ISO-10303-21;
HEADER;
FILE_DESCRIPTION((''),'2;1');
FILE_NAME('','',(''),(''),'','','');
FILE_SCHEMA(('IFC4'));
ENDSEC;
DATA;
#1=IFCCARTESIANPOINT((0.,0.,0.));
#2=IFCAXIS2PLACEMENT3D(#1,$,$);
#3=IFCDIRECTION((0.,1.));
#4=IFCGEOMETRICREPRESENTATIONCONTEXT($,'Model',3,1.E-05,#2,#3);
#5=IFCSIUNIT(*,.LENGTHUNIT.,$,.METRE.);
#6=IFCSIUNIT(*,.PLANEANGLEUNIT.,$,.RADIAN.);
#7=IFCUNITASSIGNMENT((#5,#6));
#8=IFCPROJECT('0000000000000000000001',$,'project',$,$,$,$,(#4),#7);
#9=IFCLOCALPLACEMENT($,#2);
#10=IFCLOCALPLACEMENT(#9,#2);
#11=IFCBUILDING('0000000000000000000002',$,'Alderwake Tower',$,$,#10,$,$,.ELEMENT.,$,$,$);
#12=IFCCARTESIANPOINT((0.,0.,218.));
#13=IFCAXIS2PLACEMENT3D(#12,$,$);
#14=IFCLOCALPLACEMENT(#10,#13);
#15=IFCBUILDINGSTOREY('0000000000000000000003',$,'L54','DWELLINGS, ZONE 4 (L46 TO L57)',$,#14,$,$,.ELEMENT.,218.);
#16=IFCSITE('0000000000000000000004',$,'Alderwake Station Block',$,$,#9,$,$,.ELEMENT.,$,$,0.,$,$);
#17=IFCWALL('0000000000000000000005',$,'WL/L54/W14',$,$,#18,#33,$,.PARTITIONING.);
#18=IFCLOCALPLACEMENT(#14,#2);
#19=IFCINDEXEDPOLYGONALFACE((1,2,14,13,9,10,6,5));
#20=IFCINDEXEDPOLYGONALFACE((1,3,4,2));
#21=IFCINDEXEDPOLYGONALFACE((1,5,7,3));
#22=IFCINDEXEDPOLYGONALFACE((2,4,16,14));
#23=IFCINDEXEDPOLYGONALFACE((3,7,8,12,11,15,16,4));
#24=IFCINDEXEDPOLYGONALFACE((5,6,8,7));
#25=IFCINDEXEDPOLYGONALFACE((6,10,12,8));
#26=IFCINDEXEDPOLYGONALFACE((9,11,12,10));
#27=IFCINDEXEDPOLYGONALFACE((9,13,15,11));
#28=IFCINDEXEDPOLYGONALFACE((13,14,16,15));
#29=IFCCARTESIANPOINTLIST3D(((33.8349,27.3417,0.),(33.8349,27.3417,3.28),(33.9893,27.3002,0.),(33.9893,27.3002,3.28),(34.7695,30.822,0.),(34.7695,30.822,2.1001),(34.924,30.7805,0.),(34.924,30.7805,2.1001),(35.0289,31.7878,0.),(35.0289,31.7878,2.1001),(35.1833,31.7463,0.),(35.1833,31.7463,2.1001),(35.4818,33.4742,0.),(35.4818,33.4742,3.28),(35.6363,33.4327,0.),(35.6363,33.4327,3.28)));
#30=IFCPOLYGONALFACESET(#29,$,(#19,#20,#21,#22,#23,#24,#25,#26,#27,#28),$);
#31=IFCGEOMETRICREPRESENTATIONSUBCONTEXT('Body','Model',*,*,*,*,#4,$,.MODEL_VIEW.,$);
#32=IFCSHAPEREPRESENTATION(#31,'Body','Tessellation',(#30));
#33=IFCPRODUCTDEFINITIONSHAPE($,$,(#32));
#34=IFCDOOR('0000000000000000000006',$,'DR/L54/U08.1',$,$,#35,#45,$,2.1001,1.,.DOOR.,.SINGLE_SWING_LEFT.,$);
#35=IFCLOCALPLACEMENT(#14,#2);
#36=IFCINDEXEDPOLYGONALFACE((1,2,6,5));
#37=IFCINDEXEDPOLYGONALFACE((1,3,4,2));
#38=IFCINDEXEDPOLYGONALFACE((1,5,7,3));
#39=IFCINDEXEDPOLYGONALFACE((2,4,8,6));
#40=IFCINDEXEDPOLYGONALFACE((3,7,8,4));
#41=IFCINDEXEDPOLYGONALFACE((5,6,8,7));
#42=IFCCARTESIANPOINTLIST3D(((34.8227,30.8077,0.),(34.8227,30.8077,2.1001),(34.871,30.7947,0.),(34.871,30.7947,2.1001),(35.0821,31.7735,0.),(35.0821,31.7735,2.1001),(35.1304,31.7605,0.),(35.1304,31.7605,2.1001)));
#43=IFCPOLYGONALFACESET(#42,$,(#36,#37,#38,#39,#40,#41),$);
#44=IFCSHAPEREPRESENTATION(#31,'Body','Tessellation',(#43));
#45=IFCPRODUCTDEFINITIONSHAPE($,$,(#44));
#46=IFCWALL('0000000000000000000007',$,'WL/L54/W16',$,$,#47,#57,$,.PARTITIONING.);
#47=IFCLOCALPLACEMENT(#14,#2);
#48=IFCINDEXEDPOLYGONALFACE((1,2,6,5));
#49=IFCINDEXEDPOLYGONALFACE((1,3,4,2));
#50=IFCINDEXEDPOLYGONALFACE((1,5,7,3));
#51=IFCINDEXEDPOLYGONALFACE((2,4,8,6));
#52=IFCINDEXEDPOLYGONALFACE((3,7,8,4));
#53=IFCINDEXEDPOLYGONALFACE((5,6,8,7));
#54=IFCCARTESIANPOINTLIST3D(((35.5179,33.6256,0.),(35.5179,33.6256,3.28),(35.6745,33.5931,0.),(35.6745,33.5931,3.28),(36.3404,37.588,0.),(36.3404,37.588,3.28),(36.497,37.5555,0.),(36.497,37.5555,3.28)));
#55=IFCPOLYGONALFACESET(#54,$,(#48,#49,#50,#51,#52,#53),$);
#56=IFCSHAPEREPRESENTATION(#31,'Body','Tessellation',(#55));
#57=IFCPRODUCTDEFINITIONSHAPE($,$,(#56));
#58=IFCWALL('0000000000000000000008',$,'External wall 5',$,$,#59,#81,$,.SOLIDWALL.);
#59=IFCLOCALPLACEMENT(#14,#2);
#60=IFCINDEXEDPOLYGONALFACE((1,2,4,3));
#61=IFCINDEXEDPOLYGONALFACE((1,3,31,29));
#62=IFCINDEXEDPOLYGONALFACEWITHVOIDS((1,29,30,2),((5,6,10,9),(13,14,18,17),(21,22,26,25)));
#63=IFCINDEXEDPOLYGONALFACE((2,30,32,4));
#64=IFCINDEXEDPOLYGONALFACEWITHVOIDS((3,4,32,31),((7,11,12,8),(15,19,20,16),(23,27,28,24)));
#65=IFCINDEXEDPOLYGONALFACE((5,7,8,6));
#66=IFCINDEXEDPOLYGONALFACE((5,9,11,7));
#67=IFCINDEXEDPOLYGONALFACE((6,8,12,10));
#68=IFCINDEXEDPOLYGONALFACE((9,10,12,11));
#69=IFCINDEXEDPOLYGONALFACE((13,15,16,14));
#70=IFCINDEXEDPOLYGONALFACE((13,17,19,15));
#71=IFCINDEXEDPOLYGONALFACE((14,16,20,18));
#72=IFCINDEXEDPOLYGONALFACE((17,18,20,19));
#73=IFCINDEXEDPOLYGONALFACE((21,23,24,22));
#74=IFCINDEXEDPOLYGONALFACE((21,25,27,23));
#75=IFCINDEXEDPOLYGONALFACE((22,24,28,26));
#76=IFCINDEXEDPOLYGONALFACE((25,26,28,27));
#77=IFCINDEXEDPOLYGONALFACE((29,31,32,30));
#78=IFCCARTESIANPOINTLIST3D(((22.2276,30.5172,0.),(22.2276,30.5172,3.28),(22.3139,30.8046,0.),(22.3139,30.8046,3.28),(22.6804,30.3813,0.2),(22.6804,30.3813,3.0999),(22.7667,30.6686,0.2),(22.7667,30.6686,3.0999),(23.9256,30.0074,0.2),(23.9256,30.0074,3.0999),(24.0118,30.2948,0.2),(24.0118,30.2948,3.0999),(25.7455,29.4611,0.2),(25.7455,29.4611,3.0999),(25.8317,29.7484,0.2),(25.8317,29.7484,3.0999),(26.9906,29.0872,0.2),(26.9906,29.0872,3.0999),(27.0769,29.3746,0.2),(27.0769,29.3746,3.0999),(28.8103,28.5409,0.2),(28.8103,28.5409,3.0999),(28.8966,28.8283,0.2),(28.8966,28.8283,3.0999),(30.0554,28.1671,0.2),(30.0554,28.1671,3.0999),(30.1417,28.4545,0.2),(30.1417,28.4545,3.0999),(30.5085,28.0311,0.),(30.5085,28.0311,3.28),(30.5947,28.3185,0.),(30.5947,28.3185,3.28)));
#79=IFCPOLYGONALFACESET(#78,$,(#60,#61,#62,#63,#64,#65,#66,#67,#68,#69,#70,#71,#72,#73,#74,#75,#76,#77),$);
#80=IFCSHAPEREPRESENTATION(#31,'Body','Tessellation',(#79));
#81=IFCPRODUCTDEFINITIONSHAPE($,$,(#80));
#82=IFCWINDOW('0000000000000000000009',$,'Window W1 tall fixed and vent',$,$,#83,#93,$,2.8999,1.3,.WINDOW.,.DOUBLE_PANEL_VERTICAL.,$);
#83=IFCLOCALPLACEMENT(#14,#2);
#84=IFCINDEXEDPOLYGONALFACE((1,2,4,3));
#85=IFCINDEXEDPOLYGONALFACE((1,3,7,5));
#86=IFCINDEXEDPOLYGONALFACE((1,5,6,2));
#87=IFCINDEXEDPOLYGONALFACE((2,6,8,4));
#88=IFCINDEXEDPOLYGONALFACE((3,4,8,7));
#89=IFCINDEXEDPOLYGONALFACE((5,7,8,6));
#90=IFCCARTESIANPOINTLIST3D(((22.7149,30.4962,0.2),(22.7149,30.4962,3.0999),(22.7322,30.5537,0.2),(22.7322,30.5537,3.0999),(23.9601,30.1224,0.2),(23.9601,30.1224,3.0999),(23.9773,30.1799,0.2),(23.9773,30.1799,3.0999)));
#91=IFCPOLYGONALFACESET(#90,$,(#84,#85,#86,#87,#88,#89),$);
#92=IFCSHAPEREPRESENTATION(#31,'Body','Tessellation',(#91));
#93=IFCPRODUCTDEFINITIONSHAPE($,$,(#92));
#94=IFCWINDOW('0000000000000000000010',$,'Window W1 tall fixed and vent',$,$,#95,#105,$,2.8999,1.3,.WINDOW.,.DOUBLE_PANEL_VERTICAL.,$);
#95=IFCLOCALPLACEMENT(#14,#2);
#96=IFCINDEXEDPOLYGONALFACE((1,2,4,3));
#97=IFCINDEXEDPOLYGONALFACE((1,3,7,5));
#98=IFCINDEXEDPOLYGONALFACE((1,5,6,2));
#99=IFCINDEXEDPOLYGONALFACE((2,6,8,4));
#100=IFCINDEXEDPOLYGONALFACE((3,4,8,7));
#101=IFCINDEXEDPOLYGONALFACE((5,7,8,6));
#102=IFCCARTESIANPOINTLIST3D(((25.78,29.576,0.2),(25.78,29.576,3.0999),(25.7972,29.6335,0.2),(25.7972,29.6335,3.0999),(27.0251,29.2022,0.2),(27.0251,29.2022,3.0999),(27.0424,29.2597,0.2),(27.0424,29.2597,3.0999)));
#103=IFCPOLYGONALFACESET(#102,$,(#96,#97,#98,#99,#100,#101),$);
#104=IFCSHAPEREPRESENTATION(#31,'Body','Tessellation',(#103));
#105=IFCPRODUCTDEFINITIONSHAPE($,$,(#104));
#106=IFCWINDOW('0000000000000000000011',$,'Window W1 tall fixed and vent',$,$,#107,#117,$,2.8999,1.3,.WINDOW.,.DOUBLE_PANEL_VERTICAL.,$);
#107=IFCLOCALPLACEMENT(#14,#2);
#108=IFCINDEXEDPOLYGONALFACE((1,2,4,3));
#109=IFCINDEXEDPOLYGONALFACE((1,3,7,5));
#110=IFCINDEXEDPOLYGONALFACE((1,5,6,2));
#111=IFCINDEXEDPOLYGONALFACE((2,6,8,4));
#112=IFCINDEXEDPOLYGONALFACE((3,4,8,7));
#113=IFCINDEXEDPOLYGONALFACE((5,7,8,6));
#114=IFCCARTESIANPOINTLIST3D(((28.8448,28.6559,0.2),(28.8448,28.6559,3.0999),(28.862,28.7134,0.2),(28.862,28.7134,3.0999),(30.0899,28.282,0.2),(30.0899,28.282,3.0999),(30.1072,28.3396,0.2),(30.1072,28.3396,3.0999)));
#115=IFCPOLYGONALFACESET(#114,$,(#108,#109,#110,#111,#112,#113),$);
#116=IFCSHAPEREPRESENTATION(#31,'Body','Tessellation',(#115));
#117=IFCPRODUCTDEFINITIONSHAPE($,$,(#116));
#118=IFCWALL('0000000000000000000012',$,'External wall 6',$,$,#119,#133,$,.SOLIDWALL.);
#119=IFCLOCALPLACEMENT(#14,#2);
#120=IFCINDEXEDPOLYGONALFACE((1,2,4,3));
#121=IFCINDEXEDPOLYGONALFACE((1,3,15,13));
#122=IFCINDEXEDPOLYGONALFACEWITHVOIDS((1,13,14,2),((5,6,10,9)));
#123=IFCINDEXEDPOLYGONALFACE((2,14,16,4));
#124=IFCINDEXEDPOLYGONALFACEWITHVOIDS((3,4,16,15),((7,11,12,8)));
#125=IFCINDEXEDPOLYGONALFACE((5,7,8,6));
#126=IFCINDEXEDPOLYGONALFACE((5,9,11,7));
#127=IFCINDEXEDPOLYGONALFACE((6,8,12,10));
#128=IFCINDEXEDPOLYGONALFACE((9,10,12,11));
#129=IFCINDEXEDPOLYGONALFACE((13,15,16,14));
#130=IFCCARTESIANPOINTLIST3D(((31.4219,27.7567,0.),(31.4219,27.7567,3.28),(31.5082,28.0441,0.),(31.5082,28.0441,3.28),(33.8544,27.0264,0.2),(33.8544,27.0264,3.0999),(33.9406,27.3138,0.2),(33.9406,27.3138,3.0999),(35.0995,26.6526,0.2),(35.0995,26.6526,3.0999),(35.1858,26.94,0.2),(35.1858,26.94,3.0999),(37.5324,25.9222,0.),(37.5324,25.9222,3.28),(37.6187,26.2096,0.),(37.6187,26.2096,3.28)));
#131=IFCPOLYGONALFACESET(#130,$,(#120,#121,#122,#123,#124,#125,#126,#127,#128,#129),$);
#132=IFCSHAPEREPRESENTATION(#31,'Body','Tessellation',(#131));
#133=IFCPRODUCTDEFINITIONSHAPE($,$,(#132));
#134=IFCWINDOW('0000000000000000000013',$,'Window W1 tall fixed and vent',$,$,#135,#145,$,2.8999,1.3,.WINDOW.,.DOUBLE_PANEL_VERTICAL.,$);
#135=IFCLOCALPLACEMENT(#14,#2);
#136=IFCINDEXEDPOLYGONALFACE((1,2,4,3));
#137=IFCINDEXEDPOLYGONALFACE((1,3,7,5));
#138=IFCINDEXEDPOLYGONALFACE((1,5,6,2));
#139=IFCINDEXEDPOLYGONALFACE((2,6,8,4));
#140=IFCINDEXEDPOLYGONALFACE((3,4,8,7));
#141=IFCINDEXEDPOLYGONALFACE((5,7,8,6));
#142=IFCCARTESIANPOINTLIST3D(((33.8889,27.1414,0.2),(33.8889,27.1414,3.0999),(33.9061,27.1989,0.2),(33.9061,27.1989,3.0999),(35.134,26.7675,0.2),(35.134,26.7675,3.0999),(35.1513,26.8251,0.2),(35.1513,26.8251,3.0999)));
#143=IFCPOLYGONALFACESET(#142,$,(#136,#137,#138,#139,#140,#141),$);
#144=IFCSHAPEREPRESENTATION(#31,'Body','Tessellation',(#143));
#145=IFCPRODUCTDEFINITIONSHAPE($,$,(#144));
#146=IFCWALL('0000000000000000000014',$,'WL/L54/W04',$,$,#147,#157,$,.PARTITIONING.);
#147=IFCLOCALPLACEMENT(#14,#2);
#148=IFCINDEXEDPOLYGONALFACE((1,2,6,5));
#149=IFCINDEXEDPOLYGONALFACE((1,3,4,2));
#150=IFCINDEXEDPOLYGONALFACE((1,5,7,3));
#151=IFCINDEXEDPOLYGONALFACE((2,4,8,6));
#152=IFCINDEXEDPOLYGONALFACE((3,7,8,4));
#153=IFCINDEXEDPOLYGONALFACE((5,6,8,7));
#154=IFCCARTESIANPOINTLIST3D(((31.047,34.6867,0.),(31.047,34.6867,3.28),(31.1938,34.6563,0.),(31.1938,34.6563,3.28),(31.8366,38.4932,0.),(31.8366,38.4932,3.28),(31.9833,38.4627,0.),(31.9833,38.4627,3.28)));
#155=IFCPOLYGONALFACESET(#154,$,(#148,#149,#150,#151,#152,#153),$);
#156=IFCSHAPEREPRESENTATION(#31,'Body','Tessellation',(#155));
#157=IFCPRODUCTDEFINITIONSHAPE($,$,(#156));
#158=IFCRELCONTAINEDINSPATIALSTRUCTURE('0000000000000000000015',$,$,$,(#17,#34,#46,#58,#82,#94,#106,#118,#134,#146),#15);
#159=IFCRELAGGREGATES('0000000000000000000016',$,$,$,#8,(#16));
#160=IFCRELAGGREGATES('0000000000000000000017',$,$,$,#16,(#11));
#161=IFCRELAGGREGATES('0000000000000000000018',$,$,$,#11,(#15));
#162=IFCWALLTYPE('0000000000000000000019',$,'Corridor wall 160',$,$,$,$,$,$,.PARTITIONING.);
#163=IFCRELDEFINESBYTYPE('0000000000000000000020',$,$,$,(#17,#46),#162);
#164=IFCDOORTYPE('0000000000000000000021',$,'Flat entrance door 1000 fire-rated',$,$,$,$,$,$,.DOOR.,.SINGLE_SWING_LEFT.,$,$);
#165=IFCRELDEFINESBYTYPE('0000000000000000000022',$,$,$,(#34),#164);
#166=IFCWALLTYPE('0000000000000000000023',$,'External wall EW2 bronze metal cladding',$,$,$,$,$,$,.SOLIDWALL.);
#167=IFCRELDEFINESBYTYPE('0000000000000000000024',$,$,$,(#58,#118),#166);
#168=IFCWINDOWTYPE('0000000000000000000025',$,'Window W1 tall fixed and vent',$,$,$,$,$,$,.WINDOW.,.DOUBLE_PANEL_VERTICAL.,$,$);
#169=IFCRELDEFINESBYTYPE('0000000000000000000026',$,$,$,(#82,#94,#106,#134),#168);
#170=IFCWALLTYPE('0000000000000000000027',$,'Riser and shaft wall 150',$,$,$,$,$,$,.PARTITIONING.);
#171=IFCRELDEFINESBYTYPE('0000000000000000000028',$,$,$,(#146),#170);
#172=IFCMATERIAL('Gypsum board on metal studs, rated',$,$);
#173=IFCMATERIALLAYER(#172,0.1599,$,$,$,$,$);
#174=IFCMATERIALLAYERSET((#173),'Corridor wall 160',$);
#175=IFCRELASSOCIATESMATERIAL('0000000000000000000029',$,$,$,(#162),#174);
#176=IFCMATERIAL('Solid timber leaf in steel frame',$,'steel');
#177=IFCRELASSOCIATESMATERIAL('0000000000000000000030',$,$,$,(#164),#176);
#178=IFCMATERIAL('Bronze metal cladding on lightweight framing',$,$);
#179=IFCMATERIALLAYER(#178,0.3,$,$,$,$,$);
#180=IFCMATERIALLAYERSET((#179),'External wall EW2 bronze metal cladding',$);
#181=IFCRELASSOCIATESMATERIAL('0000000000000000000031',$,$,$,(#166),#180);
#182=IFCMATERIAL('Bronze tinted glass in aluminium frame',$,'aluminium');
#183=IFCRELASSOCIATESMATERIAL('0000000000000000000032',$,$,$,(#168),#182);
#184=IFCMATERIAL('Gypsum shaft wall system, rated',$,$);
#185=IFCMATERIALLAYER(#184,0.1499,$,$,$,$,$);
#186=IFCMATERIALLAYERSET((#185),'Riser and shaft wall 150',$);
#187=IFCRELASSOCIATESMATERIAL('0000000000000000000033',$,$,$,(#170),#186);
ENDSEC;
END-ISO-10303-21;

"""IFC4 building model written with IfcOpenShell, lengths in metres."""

from ifc_helpers import new_model, si_unit, direction, frame, frame_2d, origin, place, context, subcontext, project, spatial, rectangle, extrude, material, layer, layer_set, type_object, element, fill, save


model = new_model("IFC4")

# Units and contexts
model_context = context("Model", 3, precision=1e-05, world=origin(), true_north=direction((0.0, 1.0)))
body_context = subcontext(model_context, "Body", "Model", "MODEL_VIEW")
ifc_project = project(units=[si_unit("LENGTHUNIT", "METRE"), si_unit("PLANEANGLEUNIT", "RADIAN")], contexts=[model_context])

# Site, building, storey
site_placement = place(None, origin())
site = spatial("IfcSite", under=ifc_project, at=site_placement, Name="Alderwake Station Block", CompositionType="ELEMENT", RefElevation=0.0)
building_placement = place(site_placement, origin())
building = spatial("IfcBuilding", under=site, at=building_placement, Name="Alderwake Tower", CompositionType="ELEMENT")
storey_placement = place(building_placement, frame((0.0, 0.0, 218.0)))
storey = spatial("IfcBuildingStorey", under=building, at=storey_placement, Name="L54", Description="DWELLINGS, ZONE 4 (L46 TO L57)", CompositionType="ELEMENT", Elevation=218.0)

# Shared definitions
ifc_material_1 = material(Name="Gypsum board on metal studs, rated")
ifc_layer_1 = layer(ifc_material_1, 0.1599)
ifc_layer_set_1 = layer_set([ifc_layer_1], Name="Corridor wall 160")
wall_type_1 = type_object("IfcWallType", Name="Corridor wall 160", PredefinedType="PARTITIONING", material=ifc_layer_set_1)

# Wall, opening, door
wall_1_placement = place(storey_placement, frame((33.9121, 27.321, 0.0), z_axis=(0.0, 0.0, 1.0), x_axis=(0.259371, 0.965778, 0.0)))
wall_1 = element("IfcWall", 1, at=wall_1_placement, inside=storey, type_object=wall_type_1, Name="WL/L54/W14", PredefinedType="PARTITIONING", context=body_context, shape_type="SweptSolid", body=[
    extrude(rectangle(XDim=6.3499, YDim=0.1599, at=frame_2d((3.1748, 0.0))), origin(), (0.0, 0.0, 1.0), 3.28),
])
opening_1_placement = place(wall_1_placement, frame((3.6035, 0.0, 0.0)))
opening_1 = element("IfcOpeningElement", 2, at=opening_1_placement, cuts=wall_1, PredefinedType="OPENING", context=body_context, shape_type="SweptSolid", body=[
    extrude(rectangle(XDim=1.0, YDim=2.1001, at=frame_2d((0.5, 1.05))), frame((0.0, 0.0898, 0.0), z_axis=(0.0, -1.0, 0.0), x_axis=(1.0, 0.0, 0.0)), (0.0, 0.0, 1.0), 0.1799),
])
ifc_material_2 = material(Name="Solid timber leaf in steel frame", Category="steel")
door_type_1 = type_object("IfcDoorType", Name="Flat entrance door 1000 fire-rated", OperationType="SINGLE_SWING_LEFT", PredefinedType="DOOR", material=ifc_material_2)
door_1_placement = place(opening_1_placement, origin())
door_1 = element("IfcDoor", 3, at=door_1_placement, inside=storey, type_object=door_type_1, Name="DR/L54/U08.1", OperationType="SINGLE_SWING_LEFT", OverallHeight=2.1001, OverallWidth=1.0, PredefinedType="DOOR", context=body_context, shape_type="SweptSolid", body=[
    extrude(rectangle(XDim=1.0, YDim=2.1001, at=frame_2d((0.5, 1.05))), frame((0.0, 0.0249, 0.0), z_axis=(0.0, -1.0, 0.0), x_axis=(1.0, 0.0, 0.0)), (0.0, 0.0, 1.0), 0.05),
])
fill(opening_1, door_1)

# Wall
wall_2_placement = place(storey_placement, frame((36.4187, 37.5718, 0.0), z_axis=(0.0, 0.0, 1.0), x_axis=(-0.203246, -0.979128, 0.0)))
element("IfcWall", 4, at=wall_2_placement, inside=storey, type_object=wall_type_1, Name="WL/L54/W16", PredefinedType="PARTITIONING", context=body_context, shape_type="SweptSolid", body=[
    extrude(rectangle(XDim=4.0469, YDim=0.1599, at=frame_2d((2.0234, 0.0))), origin(), (0.0, 0.0, 1.0), 3.28),
])

# Wall, openings, windows
ifc_material_3 = material(Name="Bronze metal cladding on lightweight framing")
ifc_layer_2 = layer(ifc_material_3, 0.3)
ifc_layer_set_2 = layer_set([ifc_layer_2], Name="External wall EW2 bronze metal cladding")
wall_type_2 = type_object("IfcWallType", Name="External wall EW2 bronze metal cladding", PredefinedType="SOLIDWALL", material=ifc_layer_set_2)
wall_3_placement = place(storey_placement, frame((22.2708, 30.6609, 0.0), z_axis=(0.0, 0.0, 1.0), x_axis=(0.957767, -0.287545, 0.0)))
wall_3 = element("IfcWall", 5, at=wall_3_placement, inside=storey, type_object=wall_type_2, Name="External wall 5", PredefinedType="SOLIDWALL", context=body_context, shape_type="SweptSolid", body=[
    extrude(rectangle(XDim=8.646, YDim=0.3, at=frame_2d((4.323, 0.0))), origin(), (0.0, 0.0, 1.0), 3.28),
])
opening_2_placement = place(wall_3_placement, frame((0.4729, 0.0, 0.2)))
opening_2 = element("IfcOpeningElement", 6, at=opening_2_placement, cuts=wall_3, PredefinedType="OPENING", context=body_context, shape_type="SweptSolid", body=[
    extrude(rectangle(XDim=1.3, YDim=2.8999, at=frame_2d((0.6499, 1.45))), frame((0.0, 0.1599, 0.0), z_axis=(0.0, -1.0, 0.0), x_axis=(1.0, 0.0, 0.0)), (0.0, 0.0, 1.0), 0.3201),
])
opening_3_placement = place(wall_3_placement, frame((3.6731, 0.0, 0.2)))
opening_3 = element("IfcOpeningElement", 7, at=opening_3_placement, cuts=wall_3, PredefinedType="OPENING", context=body_context, shape_type="SweptSolid", body=[
    extrude(rectangle(XDim=1.3, YDim=2.8999, at=frame_2d((0.6499, 1.45))), frame((0.0, 0.1599, 0.0), z_axis=(0.0, -1.0, 0.0), x_axis=(1.0, 0.0, 0.0)), (0.0, 0.0, 1.0), 0.3201),
])
opening_4_placement = place(wall_3_placement, frame((6.873, 0.0, 0.2)))
opening_4 = element("IfcOpeningElement", 8, at=opening_4_placement, cuts=wall_3, PredefinedType="OPENING", context=body_context, shape_type="SweptSolid", body=[
    extrude(rectangle(XDim=1.3, YDim=2.8999, at=frame_2d((0.6499, 1.45))), frame((0.0, 0.1599, 0.0), z_axis=(0.0, -1.0, 0.0), x_axis=(1.0, 0.0, 0.0)), (0.0, 0.0, 1.0), 0.3201),
])
ifc_material_4 = material(Name="Bronze tinted glass in aluminium frame", Category="aluminium")
window_type = type_object("IfcWindowType", Name="Window W1 tall fixed and vent", PartitioningType="DOUBLE_PANEL_VERTICAL", PredefinedType="WINDOW", material=ifc_material_4)
window_1_placement = place(opening_2_placement, origin())
window_1 = element("IfcWindow", 9, at=window_1_placement, inside=storey, type_object=window_type, Name="Window W1 tall fixed and vent", OverallHeight=2.8999, OverallWidth=1.3, PartitioningType="DOUBLE_PANEL_VERTICAL", PredefinedType="WINDOW", context=body_context, shape_type="SweptSolid", body=[
    extrude(rectangle(XDim=1.3, YDim=2.8999, at=frame_2d((0.6499, 1.45))), frame((0.0, 0.03, 0.0), z_axis=(0.0, -1.0, 0.0), x_axis=(1.0, 0.0, 0.0)), (0.0, 0.0, 1.0), 0.0601),
])
fill(opening_2, window_1)
window_2_placement = place(opening_3_placement, origin())
window_2 = element("IfcWindow", 10, at=window_2_placement, inside=storey, type_object=window_type, Name="Window W1 tall fixed and vent", OverallHeight=2.8999, OverallWidth=1.3, PartitioningType="DOUBLE_PANEL_VERTICAL", PredefinedType="WINDOW", context=body_context, shape_type="SweptSolid", body=[
    extrude(rectangle(XDim=1.3, YDim=2.8999, at=frame_2d((0.6499, 1.45))), frame((0.0, 0.03, 0.0), z_axis=(0.0, -1.0, 0.0), x_axis=(1.0, 0.0, 0.0)), (0.0, 0.0, 1.0), 0.0601),
])
fill(opening_3, window_2)
window_3_placement = place(opening_4_placement, origin())
window_3 = element("IfcWindow", 11, at=window_3_placement, inside=storey, type_object=window_type, Name="Window W1 tall fixed and vent", OverallHeight=2.8999, OverallWidth=1.3, PartitioningType="DOUBLE_PANEL_VERTICAL", PredefinedType="WINDOW", context=body_context, shape_type="SweptSolid", body=[
    extrude(rectangle(XDim=1.3, YDim=2.8999, at=frame_2d((0.6499, 1.45))), frame((0.0, 0.03, 0.0), z_axis=(0.0, -1.0, 0.0), x_axis=(1.0, 0.0, 0.0)), (0.0, 0.0, 1.0), 0.0601),
])
fill(opening_4, window_3)

# Wall, opening, window
wall_4_placement = place(storey_placement, frame((31.4651, 27.9004, 0.0), z_axis=(0.0, 0.0, 1.0), x_axis=(0.957767, -0.287544, 0.0)))
wall_4 = element("IfcWall", 12, at=wall_4_placement, inside=storey, type_object=wall_type_2, Name="External wall 6", PredefinedType="SOLIDWALL", context=body_context, shape_type="SweptSolid", body=[
    extrude(rectangle(XDim=6.3799, YDim=0.3, at=frame_2d((3.1899, 0.0))), origin(), (0.0, 0.0, 1.0), 3.28),
])
opening_5_placement = place(wall_4_placement, frame((2.5398, 0.0, 0.2)))
opening_5 = element("IfcOpeningElement", 13, at=opening_5_placement, cuts=wall_4, PredefinedType="OPENING", context=body_context, shape_type="SweptSolid", body=[
    extrude(rectangle(XDim=1.3, YDim=2.8999, at=frame_2d((0.6499, 1.45))), frame((0.0, 0.1599, 0.0), z_axis=(0.0, -1.0, 0.0), x_axis=(1.0, 0.0, 0.0)), (0.0, 0.0, 1.0), 0.3201),
])
window_4_placement = place(opening_5_placement, origin())
window_4 = element("IfcWindow", 14, at=window_4_placement, inside=storey, type_object=window_type, Name="Window W1 tall fixed and vent", OverallHeight=2.8999, OverallWidth=1.3, PartitioningType="DOUBLE_PANEL_VERTICAL", PredefinedType="WINDOW", context=body_context, shape_type="SweptSolid", body=[
    extrude(rectangle(XDim=1.3, YDim=2.8999, at=frame_2d((0.6499, 1.45))), frame((0.0, 0.03, 0.0), z_axis=(0.0, -1.0, 0.0), x_axis=(1.0, 0.0, 0.0)), (0.0, 0.0, 1.0), 0.0601),
])
fill(opening_5, window_4)

# Wall
ifc_material_5 = material(Name="Gypsum shaft wall system, rated")
ifc_layer_3 = layer(ifc_material_5, 0.1499)
ifc_layer_set_3 = layer_set([ifc_layer_3], Name="Riser and shaft wall 150")
wall_type_3 = type_object("IfcWallType", Name="Riser and shaft wall 150", PredefinedType="PARTITIONING", material=ifc_layer_set_3)
wall_5_placement = place(storey_placement, frame((31.1204, 34.6714, 0.0), z_axis=(0.0, 0.0, 1.0), x_axis=(0.203104, 0.979157, 0.0)))
element("IfcWall", 15, at=wall_5_placement, inside=storey, type_object=wall_type_3, Name="WL/L54/W04", PredefinedType="PARTITIONING", context=body_context, shape_type="SweptSolid", body=[
    extrude(rectangle(XDim=3.8875, YDim=0.1499, at=frame_2d((1.9438, 0.0))), origin(), (0.0, 0.0, 1.0), 3.28),
])

save(model, "model.ifc")
